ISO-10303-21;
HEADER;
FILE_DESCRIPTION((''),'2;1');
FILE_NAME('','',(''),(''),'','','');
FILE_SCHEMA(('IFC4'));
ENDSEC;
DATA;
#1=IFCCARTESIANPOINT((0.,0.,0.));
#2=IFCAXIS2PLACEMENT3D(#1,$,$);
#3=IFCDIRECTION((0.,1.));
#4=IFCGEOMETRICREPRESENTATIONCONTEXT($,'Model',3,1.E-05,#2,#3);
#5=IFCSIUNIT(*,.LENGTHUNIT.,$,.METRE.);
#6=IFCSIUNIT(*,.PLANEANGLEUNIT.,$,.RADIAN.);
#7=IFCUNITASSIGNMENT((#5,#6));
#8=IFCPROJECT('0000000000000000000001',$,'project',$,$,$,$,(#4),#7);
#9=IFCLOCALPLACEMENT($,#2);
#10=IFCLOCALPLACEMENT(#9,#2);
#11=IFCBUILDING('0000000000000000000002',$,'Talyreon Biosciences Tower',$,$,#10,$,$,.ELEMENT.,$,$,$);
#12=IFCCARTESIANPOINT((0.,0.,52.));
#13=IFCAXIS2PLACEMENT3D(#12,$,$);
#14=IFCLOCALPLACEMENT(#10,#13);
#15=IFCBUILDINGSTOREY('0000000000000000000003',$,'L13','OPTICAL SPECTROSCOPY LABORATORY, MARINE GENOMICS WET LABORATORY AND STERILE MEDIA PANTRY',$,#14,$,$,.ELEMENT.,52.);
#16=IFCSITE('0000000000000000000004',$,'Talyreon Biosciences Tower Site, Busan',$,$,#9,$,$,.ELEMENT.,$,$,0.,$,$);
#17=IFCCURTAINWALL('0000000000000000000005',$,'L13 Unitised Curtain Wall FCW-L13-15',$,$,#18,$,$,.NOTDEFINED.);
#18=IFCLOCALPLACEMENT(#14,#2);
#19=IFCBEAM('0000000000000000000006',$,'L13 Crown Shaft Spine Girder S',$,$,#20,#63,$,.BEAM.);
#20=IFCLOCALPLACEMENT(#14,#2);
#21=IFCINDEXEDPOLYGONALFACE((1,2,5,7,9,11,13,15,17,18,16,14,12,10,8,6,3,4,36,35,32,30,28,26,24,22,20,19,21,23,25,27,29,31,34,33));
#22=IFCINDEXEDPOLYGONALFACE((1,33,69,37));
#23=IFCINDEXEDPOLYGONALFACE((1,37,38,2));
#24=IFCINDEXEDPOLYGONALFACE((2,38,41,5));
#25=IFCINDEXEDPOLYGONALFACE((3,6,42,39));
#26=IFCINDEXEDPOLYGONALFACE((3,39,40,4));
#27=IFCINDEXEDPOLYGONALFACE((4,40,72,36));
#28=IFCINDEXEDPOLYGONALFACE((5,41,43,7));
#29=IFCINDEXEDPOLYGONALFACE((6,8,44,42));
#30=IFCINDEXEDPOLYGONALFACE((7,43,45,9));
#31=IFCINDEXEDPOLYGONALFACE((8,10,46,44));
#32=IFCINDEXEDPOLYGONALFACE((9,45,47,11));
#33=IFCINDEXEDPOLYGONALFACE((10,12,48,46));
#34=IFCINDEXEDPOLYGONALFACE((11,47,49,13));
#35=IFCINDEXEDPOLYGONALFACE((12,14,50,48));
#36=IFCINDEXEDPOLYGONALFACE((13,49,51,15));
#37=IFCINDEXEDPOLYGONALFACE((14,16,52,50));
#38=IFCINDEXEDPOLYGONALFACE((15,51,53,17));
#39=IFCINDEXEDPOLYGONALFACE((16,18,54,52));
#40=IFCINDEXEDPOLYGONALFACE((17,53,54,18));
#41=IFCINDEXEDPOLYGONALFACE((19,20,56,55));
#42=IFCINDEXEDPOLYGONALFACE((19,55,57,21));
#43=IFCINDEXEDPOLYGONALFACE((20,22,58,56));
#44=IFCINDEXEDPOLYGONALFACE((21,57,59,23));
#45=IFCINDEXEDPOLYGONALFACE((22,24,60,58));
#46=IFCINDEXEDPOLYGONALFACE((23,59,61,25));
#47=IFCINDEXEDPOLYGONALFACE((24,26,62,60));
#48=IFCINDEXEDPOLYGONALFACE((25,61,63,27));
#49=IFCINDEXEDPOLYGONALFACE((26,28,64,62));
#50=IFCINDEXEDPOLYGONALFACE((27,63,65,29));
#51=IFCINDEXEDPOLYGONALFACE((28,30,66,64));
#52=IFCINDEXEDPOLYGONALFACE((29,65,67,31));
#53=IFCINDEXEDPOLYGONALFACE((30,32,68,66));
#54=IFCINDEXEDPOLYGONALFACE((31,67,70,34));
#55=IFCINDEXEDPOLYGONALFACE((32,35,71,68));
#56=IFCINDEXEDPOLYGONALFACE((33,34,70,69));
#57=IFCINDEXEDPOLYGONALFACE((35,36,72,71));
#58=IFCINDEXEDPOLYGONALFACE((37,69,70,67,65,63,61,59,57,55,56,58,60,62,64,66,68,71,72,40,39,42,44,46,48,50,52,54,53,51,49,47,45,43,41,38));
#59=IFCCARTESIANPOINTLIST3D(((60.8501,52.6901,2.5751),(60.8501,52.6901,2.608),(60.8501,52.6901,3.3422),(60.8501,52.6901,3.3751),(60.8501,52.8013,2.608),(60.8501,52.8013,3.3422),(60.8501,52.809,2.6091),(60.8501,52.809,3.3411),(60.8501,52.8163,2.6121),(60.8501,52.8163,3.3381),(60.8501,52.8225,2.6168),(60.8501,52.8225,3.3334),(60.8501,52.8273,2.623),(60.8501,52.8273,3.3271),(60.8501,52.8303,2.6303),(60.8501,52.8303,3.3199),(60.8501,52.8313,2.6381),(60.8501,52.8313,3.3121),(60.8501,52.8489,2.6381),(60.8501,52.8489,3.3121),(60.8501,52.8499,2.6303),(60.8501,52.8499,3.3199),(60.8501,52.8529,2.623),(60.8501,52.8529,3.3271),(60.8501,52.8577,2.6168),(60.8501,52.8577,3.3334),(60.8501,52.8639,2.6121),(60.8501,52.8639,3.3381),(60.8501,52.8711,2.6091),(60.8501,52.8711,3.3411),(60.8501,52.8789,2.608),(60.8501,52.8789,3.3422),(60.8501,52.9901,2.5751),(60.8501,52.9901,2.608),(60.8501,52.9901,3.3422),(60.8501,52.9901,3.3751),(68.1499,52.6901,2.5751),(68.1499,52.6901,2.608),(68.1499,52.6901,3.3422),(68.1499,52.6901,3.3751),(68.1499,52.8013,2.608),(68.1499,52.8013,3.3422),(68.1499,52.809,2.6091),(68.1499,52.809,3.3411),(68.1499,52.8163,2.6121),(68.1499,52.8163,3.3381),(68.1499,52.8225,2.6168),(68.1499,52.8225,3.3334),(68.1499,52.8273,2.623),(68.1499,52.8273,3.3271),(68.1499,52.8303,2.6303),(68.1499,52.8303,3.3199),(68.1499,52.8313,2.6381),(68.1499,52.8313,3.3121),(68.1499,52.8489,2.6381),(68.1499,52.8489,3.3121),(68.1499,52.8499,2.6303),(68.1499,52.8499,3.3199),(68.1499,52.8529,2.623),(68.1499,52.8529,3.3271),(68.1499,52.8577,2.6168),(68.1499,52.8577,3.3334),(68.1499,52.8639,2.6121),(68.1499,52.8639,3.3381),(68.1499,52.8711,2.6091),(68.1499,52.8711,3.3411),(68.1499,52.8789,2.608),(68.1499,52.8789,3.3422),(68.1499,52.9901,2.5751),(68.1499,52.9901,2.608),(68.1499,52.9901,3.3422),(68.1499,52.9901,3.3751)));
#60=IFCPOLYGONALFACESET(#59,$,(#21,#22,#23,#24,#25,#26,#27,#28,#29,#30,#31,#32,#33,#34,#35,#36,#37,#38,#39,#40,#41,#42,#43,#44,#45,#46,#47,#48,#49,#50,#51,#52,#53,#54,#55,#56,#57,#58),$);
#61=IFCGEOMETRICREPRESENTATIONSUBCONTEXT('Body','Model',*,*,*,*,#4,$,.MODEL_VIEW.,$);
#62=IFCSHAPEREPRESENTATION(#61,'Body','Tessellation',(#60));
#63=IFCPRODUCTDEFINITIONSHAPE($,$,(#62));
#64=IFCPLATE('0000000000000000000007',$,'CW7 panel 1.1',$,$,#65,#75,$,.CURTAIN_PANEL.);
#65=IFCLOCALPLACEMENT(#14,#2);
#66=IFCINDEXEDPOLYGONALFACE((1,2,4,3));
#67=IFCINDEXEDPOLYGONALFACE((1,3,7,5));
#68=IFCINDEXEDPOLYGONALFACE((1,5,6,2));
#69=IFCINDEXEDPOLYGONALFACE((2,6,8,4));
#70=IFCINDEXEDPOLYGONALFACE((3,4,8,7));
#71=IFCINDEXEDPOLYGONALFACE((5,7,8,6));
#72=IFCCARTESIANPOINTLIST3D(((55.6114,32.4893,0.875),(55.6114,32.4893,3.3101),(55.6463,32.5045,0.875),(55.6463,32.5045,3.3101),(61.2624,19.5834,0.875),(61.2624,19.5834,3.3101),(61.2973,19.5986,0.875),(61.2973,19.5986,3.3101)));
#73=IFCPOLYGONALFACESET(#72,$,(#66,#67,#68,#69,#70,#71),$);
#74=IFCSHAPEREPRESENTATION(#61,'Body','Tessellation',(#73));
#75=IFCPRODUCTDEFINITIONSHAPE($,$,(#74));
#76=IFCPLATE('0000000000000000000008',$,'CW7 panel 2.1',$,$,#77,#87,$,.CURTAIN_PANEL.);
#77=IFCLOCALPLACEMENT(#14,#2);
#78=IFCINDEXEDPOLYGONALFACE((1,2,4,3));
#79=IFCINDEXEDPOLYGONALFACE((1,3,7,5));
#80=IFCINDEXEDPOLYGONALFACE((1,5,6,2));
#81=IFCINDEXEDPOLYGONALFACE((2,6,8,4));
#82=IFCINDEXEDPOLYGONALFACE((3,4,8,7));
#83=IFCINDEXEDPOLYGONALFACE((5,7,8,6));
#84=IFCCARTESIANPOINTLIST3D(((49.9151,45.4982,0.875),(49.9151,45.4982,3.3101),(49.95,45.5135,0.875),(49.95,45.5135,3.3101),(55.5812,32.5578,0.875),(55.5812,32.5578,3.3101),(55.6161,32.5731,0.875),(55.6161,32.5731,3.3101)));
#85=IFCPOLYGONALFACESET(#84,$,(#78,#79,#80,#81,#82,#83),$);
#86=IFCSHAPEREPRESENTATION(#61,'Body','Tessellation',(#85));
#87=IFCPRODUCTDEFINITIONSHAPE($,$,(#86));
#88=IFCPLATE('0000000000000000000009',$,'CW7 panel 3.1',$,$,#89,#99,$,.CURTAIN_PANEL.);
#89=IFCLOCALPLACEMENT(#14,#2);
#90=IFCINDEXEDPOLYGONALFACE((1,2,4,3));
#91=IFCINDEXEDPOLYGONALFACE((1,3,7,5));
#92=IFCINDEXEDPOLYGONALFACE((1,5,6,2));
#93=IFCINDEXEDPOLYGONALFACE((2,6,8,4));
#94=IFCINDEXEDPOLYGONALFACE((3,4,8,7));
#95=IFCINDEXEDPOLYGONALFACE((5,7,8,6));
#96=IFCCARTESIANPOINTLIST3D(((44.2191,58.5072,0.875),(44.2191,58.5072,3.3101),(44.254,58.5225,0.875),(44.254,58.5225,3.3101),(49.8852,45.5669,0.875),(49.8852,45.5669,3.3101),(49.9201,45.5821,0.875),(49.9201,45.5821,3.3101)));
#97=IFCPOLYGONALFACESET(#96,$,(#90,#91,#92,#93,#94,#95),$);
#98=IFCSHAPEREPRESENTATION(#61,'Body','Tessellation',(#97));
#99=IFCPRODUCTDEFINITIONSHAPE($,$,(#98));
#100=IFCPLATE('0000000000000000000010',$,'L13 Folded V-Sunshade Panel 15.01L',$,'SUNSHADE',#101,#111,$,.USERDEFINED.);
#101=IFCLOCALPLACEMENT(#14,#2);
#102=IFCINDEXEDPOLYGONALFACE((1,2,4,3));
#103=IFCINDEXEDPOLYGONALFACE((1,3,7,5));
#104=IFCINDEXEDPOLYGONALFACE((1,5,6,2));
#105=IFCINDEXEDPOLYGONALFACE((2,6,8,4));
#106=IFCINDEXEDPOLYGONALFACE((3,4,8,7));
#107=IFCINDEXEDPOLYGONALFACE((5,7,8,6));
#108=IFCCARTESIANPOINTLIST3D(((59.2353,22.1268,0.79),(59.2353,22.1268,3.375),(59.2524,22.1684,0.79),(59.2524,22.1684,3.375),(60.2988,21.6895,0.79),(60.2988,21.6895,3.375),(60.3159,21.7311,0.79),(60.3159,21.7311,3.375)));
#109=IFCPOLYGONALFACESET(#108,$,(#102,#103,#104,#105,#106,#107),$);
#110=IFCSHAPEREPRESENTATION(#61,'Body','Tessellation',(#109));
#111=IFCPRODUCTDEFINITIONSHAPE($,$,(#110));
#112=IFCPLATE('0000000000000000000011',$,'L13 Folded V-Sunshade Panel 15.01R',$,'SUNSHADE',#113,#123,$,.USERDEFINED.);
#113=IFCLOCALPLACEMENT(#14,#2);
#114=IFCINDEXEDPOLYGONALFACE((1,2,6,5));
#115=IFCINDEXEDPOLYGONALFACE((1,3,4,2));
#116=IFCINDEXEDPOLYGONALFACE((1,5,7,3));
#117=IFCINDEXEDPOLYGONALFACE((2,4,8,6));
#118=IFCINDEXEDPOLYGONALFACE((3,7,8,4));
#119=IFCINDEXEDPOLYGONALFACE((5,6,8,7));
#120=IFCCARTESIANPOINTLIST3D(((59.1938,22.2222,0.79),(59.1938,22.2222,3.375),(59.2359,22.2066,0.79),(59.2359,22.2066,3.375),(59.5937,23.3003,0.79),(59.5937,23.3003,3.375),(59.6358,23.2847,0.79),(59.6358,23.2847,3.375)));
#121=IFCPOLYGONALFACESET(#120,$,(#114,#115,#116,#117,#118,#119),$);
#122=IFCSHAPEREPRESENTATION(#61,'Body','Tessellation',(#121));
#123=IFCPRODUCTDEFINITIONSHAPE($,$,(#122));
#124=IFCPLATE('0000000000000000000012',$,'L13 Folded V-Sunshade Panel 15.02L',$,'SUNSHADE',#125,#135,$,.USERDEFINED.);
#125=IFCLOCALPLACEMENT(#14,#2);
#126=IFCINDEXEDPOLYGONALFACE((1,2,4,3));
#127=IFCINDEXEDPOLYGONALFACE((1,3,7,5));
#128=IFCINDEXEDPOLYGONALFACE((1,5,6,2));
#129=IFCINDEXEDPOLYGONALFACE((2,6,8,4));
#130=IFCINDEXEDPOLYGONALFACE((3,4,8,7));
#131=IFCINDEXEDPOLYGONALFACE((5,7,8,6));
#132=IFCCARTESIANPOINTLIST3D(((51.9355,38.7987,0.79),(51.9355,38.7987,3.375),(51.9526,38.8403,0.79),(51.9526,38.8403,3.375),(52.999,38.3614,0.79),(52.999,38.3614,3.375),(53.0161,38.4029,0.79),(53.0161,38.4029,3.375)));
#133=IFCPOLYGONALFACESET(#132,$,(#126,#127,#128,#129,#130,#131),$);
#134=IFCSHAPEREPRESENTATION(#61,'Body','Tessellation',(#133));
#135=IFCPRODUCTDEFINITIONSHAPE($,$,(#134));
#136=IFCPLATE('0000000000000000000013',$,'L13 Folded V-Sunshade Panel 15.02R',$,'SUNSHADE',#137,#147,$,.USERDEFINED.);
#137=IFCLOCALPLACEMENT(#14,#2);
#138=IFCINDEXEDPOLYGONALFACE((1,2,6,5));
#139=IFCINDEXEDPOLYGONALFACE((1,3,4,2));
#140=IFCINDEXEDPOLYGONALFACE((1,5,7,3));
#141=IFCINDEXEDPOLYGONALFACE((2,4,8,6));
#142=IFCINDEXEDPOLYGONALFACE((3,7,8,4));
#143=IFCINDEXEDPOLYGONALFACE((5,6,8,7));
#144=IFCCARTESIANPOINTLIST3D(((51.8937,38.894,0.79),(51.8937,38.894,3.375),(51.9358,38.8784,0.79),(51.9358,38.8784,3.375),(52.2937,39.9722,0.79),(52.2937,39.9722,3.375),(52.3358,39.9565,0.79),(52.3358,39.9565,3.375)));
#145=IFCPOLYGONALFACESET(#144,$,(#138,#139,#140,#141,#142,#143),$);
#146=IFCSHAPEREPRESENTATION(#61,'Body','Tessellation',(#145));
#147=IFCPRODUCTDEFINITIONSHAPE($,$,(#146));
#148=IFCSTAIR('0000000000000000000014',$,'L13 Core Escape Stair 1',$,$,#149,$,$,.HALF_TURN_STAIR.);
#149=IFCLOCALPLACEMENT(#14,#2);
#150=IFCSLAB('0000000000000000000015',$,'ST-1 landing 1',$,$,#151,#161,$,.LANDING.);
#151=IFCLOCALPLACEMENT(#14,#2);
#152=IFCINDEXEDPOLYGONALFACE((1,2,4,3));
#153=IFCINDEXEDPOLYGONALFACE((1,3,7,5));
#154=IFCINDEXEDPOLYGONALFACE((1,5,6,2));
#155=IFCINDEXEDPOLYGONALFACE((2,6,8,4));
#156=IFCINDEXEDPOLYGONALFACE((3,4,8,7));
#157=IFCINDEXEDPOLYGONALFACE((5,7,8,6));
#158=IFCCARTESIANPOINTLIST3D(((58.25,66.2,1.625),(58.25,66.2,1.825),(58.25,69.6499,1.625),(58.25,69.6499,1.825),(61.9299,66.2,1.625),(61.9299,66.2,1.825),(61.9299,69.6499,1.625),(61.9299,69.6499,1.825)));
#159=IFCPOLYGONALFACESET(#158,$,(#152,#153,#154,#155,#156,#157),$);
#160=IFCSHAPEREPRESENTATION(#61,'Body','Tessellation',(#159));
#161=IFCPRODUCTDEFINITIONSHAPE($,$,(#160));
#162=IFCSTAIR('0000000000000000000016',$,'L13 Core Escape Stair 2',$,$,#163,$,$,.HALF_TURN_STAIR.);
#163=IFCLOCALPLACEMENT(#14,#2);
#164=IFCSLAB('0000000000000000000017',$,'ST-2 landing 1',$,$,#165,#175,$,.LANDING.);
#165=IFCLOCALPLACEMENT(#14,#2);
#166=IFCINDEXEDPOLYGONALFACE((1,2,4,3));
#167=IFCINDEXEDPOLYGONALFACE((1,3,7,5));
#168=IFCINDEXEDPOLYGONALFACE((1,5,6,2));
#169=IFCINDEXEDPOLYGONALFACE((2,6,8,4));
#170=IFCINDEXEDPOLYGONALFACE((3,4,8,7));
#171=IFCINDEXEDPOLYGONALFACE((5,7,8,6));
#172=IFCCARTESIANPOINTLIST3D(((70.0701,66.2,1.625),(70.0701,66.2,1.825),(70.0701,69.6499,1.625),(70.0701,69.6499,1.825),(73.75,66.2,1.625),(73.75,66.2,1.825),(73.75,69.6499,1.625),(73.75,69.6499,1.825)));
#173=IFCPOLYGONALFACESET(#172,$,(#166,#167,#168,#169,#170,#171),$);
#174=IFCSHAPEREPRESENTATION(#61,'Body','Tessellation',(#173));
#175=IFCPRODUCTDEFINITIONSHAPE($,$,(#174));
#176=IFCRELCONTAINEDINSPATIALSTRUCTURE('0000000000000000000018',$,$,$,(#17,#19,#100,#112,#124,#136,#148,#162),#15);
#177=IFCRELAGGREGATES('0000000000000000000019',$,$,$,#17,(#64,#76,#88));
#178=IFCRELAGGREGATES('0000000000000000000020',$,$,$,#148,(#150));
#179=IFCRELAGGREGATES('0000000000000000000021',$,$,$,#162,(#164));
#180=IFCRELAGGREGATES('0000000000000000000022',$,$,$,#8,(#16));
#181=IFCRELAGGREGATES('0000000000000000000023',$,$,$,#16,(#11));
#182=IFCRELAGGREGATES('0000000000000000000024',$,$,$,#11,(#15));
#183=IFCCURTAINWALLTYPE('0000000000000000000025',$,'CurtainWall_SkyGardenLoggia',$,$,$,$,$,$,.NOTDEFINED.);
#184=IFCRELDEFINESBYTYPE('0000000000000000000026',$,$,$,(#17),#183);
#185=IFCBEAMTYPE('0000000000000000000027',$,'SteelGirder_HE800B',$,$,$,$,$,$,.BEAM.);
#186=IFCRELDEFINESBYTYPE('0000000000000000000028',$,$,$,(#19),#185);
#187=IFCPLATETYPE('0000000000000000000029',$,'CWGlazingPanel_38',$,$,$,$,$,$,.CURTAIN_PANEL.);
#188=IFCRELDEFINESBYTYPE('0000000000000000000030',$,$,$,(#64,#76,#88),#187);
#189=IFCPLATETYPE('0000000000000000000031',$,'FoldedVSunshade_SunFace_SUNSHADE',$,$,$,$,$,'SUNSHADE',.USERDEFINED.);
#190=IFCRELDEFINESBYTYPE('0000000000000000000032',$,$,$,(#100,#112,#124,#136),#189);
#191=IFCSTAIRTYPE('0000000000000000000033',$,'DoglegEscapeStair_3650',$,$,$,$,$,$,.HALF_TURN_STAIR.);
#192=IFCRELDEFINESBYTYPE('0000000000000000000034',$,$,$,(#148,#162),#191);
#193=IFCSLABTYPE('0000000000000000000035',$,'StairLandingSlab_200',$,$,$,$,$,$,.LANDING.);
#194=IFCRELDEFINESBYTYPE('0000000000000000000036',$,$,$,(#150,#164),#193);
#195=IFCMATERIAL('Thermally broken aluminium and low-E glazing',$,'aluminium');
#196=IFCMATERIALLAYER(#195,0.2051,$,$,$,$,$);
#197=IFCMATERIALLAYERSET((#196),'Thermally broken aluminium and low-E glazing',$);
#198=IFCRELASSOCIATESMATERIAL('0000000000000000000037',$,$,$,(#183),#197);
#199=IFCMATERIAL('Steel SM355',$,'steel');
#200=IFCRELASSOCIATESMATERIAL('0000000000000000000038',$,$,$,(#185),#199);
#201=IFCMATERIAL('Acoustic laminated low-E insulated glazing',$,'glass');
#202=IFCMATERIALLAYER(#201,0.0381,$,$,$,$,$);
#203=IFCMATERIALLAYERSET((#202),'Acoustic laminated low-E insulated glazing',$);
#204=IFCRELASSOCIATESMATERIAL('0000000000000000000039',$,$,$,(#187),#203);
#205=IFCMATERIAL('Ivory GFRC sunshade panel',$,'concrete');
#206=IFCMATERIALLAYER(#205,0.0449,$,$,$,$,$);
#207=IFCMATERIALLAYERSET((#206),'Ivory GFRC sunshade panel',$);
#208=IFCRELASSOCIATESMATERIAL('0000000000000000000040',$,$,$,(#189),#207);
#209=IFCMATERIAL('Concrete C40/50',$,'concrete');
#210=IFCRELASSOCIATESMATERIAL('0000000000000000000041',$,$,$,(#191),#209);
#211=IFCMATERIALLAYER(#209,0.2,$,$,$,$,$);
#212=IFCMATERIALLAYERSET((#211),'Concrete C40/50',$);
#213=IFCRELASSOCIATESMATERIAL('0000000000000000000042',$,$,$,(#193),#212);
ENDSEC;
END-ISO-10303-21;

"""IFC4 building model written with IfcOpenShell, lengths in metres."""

from ifc_helpers import new_model, si_unit, direction, frame, origin, origin_2d, place, context, subcontext, project, spatial, polyline, rectangle, i_section, outline, extrude, material, layer, layer_set, material_profile, profile_set, type_object, element, aggregate, save


model = new_model("IFC4")

# Units and contexts
model_context = context("Model", 3, precision=1e-05, world=origin(), true_north=direction((0.0, 1.0)))
body_context = subcontext(model_context, "Body", "Model", "MODEL_VIEW")
ifc_project = project(units=[si_unit("LENGTHUNIT", "METRE"), si_unit("PLANEANGLEUNIT", "RADIAN")], contexts=[model_context])

# Site, building, storey
site_placement = place(None, origin())
site = spatial("IfcSite", under=ifc_project, at=site_placement, Name="Talyreon Biosciences Tower Site, Busan", CompositionType="ELEMENT", RefElevation=0.0)
building_placement = place(site_placement, origin())
building = spatial("IfcBuilding", under=site, at=building_placement, Name="Talyreon Biosciences Tower", CompositionType="ELEMENT")
storey_placement = place(building_placement, frame((0.0, 0.0, 52.0)))
storey = spatial("IfcBuildingStorey", under=building, at=storey_placement, Name="L13", Description="OPTICAL SPECTROSCOPY LABORATORY, MARINE GENOMICS WET LABORATORY AND STERILE MEDIA PANTRY", CompositionType="ELEMENT", Elevation=52.0)

# Curtain wall
ifc_material_1 = material(Name="Thermally broken aluminium and low-E glazing", Category="aluminium")
ifc_layer_1 = layer(ifc_material_1, 0.2051)
ifc_layer_set_1 = layer_set([ifc_layer_1], Name="Thermally broken aluminium and low-E glazing")
curtain_wall_type = type_object("IfcCurtainWallType", Name="CurtainWall_SkyGardenLoggia", PredefinedType="NOTDEFINED", material=ifc_layer_set_1)
curtain_wall_placement = place(storey_placement, origin())
curtain_wall = element("IfcCurtainWall", 1, at=curtain_wall_placement, inside=storey, type_object=curtain_wall_type, Name="L13 Unitised Curtain Wall FCW-L13-15", PredefinedType="NOTDEFINED")

# Beam
ifc_material_2 = material(Name="Steel SM355", Category="steel")
ifc_material_profile_1 = material_profile(ifc_material_2, i_section(OverallWidth=0.3, OverallDepth=0.8, WebThickness=0.0176, FlangeThickness=0.033, FilletRadius=0.03, at=origin_2d()), Name="HE800B")
ifc_profile_set_1 = profile_set([ifc_material_profile_1], Name="Steel SM355")
beam_type_1 = type_object("IfcBeamType", Name="SteelGirder_HE800B", PredefinedType="BEAM", material=ifc_profile_set_1)
beam_1_placement = place(storey_placement, frame((60.8501, 52.8401, 2.9751), z_axis=(1.0, 0.0, 0.0), x_axis=(0.0, 1.0, 0.0)))
element("IfcBeam", 2, at=beam_1_placement, inside=storey, type_object=beam_type_1, Name="L13 Crown Shaft Spine Girder S", PredefinedType="BEAM", context=body_context, shape_type="SweptSolid", body=[
    extrude(i_section(OverallWidth=0.3, OverallDepth=0.8, WebThickness=0.0176, FlangeThickness=0.033, FilletRadius=0.03, at=origin_2d()), origin(), (0.0, 0.0, 1.0), 7.2998),
])

# Plates
ifc_material_3 = material(Name="Acoustic laminated low-E insulated glazing", Category="glass")
ifc_layer_2 = layer(ifc_material_3, 0.0381)
ifc_layer_set_2 = layer_set([ifc_layer_2], Name="Acoustic laminated low-E insulated glazing")
plate_type_1 = type_object("IfcPlateType", Name="CWGlazingPanel_38", PredefinedType="CURTAIN_PANEL", material=ifc_layer_set_2)
plate_1_placement = place(storey_placement, frame((58.4543, 26.0439, 0.875), z_axis=(0.0, 0.0, 1.0), x_axis=(-0.401097, 0.916035, 0.0)))
plate_1 = element("IfcPlate", 3, at=plate_1_placement, type_object=plate_type_1, Name="CW7 panel 1.1", PredefinedType="CURTAIN_PANEL", context=body_context, shape_type="SweptSolid", body=[
    extrude(rectangle(XDim=14.0889, YDim=0.0381, at=origin_2d()), origin(), (0.0, 0.0, 1.0), 2.4351),
])
plate_2_placement = place(storey_placement, frame((52.7656, 39.0356, 0.875), z_axis=(0.0, 0.0, 1.0), x_axis=(-0.401097, 0.916035, 0.0)))
plate_2 = element("IfcPlate", 4, at=plate_2_placement, type_object=plate_type_1, Name="CW7 panel 2.1", PredefinedType="CURTAIN_PANEL", context=body_context, shape_type="SweptSolid", body=[
    extrude(rectangle(XDim=14.1265, YDim=0.0381, at=origin_2d()), origin(), (0.0, 0.0, 1.0), 2.4351),
])
plate_3_placement = place(storey_placement, frame((47.0696, 52.0447, 0.875), z_axis=(0.0, 0.0, 1.0), x_axis=(-0.401097, 0.916035, 0.0)))
plate_3 = element("IfcPlate", 5, at=plate_3_placement, type_object=plate_type_1, Name="CW7 panel 3.1", PredefinedType="CURTAIN_PANEL", context=body_context, shape_type="SweptSolid", body=[
    extrude(rectangle(XDim=14.1265, YDim=0.0381, at=origin_2d()), origin(), (0.0, 0.0, 1.0), 2.4351),
])
aggregate(curtain_wall, [plate_1, plate_2, plate_3])

# Plates
ifc_material_4 = material(Name="Ivory GFRC sunshade panel", Category="concrete")
ifc_layer_3 = layer(ifc_material_4, 0.0449)
ifc_layer_set_3 = layer_set([ifc_layer_3], Name="Ivory GFRC sunshade panel")
plate_type_2 = type_object("IfcPlateType", Name="FoldedVSunshade_SunFace_SUNSHADE", ElementType="SUNSHADE", PredefinedType="USERDEFINED", material=ifc_layer_set_3)
for number, where, z_axis, x_axis, name in (
    (6, (59.7756, 21.929, 0.79), (0.0, 0.0, 1.0), (-0.924858, 0.380312, 0.0), "L13 Folded V-Sunshade Panel 15.01L"),
    (7, (59.4148, 22.7534, 0.79), (0.0, 0.0, 1.0), (0.347803, 0.937568, 0.0), "L13 Folded V-Sunshade Panel 15.01R"),
    (8, (52.4758, 38.6008, 0.79), (0.0, 0.0, 1.0), (-0.924858, 0.380312, 0.0), "L13 Folded V-Sunshade Panel 15.02L"),
    (9, (52.1147, 39.4253, 0.79), (0.0, 0.0, 1.0), (0.347803, 0.937568, 0.0), "L13 Folded V-Sunshade Panel 15.02R"),
):
    element("IfcPlate", number, at=place(storey_placement, frame(where, z_axis=z_axis, x_axis=x_axis)), inside=storey, type_object=plate_type_2, Name=name, ObjectType="SUNSHADE", PredefinedType="USERDEFINED", context=body_context, shape_type="SweptSolid", body=[
        extrude(rectangle(XDim=1.1499, YDim=0.0449, at=origin_2d()), origin(), (0.0, 0.0, 1.0), 2.585),
    ])

# Stairs, slabs
ifc_material_5 = material(Name="Concrete C40/50", Category="concrete")
stair_type = type_object("IfcStairType", Name="DoglegEscapeStair_3650", PredefinedType="HALF_TURN_STAIR", material=ifc_material_5)
stair_1_placement = place(storey_placement, origin())
stair_1 = element("IfcStair", 10, at=stair_1_placement, inside=storey, type_object=stair_type, Name="L13 Core Escape Stair 1", PredefinedType="HALF_TURN_STAIR")
ifc_layer_4 = layer(ifc_material_5, 0.2)
ifc_layer_set_4 = layer_set([ifc_layer_4], Name="Concrete C40/50")
slab_type_1 = type_object("IfcSlabType", Name="StairLandingSlab_200", PredefinedType="LANDING", material=ifc_layer_set_4)
slab_1_placement = place(storey_placement, frame((0.0, 0.0, 1.625)))
slab_1 = element("IfcSlab", 11, at=slab_1_placement, type_object=slab_type_1, Name="ST-1 landing 1", PredefinedType="LANDING", context=body_context, shape_type="SweptSolid", body=[
    extrude(outline(polyline([(61.9299, 66.2), (61.9299, 69.6499), (58.25, 69.6499), (58.25, 66.2), (61.9299, 66.2)])), origin(), (0.0, 0.0, 1.0), 0.2),
])
aggregate(stair_1, [slab_1])
stair_2_placement = place(storey_placement, origin())
stair_2 = element("IfcStair", 12, at=stair_2_placement, inside=storey, type_object=stair_type, Name="L13 Core Escape Stair 2", PredefinedType="HALF_TURN_STAIR")
slab_2_placement = place(storey_placement, frame((0.0, 0.0, 1.625)))
slab_2 = element("IfcSlab", 13, at=slab_2_placement, type_object=slab_type_1, Name="ST-2 landing 1", PredefinedType="LANDING", context=body_context, shape_type="SweptSolid", body=[
    extrude(outline(polyline([(73.75, 66.2), (73.75, 69.6499), (70.0701, 69.6499), (70.0701, 66.2), (73.75, 66.2)])), origin(), (0.0, 0.0, 1.0), 0.2),
])
aggregate(stair_2, [slab_2])

save(model, "model.ifc")
